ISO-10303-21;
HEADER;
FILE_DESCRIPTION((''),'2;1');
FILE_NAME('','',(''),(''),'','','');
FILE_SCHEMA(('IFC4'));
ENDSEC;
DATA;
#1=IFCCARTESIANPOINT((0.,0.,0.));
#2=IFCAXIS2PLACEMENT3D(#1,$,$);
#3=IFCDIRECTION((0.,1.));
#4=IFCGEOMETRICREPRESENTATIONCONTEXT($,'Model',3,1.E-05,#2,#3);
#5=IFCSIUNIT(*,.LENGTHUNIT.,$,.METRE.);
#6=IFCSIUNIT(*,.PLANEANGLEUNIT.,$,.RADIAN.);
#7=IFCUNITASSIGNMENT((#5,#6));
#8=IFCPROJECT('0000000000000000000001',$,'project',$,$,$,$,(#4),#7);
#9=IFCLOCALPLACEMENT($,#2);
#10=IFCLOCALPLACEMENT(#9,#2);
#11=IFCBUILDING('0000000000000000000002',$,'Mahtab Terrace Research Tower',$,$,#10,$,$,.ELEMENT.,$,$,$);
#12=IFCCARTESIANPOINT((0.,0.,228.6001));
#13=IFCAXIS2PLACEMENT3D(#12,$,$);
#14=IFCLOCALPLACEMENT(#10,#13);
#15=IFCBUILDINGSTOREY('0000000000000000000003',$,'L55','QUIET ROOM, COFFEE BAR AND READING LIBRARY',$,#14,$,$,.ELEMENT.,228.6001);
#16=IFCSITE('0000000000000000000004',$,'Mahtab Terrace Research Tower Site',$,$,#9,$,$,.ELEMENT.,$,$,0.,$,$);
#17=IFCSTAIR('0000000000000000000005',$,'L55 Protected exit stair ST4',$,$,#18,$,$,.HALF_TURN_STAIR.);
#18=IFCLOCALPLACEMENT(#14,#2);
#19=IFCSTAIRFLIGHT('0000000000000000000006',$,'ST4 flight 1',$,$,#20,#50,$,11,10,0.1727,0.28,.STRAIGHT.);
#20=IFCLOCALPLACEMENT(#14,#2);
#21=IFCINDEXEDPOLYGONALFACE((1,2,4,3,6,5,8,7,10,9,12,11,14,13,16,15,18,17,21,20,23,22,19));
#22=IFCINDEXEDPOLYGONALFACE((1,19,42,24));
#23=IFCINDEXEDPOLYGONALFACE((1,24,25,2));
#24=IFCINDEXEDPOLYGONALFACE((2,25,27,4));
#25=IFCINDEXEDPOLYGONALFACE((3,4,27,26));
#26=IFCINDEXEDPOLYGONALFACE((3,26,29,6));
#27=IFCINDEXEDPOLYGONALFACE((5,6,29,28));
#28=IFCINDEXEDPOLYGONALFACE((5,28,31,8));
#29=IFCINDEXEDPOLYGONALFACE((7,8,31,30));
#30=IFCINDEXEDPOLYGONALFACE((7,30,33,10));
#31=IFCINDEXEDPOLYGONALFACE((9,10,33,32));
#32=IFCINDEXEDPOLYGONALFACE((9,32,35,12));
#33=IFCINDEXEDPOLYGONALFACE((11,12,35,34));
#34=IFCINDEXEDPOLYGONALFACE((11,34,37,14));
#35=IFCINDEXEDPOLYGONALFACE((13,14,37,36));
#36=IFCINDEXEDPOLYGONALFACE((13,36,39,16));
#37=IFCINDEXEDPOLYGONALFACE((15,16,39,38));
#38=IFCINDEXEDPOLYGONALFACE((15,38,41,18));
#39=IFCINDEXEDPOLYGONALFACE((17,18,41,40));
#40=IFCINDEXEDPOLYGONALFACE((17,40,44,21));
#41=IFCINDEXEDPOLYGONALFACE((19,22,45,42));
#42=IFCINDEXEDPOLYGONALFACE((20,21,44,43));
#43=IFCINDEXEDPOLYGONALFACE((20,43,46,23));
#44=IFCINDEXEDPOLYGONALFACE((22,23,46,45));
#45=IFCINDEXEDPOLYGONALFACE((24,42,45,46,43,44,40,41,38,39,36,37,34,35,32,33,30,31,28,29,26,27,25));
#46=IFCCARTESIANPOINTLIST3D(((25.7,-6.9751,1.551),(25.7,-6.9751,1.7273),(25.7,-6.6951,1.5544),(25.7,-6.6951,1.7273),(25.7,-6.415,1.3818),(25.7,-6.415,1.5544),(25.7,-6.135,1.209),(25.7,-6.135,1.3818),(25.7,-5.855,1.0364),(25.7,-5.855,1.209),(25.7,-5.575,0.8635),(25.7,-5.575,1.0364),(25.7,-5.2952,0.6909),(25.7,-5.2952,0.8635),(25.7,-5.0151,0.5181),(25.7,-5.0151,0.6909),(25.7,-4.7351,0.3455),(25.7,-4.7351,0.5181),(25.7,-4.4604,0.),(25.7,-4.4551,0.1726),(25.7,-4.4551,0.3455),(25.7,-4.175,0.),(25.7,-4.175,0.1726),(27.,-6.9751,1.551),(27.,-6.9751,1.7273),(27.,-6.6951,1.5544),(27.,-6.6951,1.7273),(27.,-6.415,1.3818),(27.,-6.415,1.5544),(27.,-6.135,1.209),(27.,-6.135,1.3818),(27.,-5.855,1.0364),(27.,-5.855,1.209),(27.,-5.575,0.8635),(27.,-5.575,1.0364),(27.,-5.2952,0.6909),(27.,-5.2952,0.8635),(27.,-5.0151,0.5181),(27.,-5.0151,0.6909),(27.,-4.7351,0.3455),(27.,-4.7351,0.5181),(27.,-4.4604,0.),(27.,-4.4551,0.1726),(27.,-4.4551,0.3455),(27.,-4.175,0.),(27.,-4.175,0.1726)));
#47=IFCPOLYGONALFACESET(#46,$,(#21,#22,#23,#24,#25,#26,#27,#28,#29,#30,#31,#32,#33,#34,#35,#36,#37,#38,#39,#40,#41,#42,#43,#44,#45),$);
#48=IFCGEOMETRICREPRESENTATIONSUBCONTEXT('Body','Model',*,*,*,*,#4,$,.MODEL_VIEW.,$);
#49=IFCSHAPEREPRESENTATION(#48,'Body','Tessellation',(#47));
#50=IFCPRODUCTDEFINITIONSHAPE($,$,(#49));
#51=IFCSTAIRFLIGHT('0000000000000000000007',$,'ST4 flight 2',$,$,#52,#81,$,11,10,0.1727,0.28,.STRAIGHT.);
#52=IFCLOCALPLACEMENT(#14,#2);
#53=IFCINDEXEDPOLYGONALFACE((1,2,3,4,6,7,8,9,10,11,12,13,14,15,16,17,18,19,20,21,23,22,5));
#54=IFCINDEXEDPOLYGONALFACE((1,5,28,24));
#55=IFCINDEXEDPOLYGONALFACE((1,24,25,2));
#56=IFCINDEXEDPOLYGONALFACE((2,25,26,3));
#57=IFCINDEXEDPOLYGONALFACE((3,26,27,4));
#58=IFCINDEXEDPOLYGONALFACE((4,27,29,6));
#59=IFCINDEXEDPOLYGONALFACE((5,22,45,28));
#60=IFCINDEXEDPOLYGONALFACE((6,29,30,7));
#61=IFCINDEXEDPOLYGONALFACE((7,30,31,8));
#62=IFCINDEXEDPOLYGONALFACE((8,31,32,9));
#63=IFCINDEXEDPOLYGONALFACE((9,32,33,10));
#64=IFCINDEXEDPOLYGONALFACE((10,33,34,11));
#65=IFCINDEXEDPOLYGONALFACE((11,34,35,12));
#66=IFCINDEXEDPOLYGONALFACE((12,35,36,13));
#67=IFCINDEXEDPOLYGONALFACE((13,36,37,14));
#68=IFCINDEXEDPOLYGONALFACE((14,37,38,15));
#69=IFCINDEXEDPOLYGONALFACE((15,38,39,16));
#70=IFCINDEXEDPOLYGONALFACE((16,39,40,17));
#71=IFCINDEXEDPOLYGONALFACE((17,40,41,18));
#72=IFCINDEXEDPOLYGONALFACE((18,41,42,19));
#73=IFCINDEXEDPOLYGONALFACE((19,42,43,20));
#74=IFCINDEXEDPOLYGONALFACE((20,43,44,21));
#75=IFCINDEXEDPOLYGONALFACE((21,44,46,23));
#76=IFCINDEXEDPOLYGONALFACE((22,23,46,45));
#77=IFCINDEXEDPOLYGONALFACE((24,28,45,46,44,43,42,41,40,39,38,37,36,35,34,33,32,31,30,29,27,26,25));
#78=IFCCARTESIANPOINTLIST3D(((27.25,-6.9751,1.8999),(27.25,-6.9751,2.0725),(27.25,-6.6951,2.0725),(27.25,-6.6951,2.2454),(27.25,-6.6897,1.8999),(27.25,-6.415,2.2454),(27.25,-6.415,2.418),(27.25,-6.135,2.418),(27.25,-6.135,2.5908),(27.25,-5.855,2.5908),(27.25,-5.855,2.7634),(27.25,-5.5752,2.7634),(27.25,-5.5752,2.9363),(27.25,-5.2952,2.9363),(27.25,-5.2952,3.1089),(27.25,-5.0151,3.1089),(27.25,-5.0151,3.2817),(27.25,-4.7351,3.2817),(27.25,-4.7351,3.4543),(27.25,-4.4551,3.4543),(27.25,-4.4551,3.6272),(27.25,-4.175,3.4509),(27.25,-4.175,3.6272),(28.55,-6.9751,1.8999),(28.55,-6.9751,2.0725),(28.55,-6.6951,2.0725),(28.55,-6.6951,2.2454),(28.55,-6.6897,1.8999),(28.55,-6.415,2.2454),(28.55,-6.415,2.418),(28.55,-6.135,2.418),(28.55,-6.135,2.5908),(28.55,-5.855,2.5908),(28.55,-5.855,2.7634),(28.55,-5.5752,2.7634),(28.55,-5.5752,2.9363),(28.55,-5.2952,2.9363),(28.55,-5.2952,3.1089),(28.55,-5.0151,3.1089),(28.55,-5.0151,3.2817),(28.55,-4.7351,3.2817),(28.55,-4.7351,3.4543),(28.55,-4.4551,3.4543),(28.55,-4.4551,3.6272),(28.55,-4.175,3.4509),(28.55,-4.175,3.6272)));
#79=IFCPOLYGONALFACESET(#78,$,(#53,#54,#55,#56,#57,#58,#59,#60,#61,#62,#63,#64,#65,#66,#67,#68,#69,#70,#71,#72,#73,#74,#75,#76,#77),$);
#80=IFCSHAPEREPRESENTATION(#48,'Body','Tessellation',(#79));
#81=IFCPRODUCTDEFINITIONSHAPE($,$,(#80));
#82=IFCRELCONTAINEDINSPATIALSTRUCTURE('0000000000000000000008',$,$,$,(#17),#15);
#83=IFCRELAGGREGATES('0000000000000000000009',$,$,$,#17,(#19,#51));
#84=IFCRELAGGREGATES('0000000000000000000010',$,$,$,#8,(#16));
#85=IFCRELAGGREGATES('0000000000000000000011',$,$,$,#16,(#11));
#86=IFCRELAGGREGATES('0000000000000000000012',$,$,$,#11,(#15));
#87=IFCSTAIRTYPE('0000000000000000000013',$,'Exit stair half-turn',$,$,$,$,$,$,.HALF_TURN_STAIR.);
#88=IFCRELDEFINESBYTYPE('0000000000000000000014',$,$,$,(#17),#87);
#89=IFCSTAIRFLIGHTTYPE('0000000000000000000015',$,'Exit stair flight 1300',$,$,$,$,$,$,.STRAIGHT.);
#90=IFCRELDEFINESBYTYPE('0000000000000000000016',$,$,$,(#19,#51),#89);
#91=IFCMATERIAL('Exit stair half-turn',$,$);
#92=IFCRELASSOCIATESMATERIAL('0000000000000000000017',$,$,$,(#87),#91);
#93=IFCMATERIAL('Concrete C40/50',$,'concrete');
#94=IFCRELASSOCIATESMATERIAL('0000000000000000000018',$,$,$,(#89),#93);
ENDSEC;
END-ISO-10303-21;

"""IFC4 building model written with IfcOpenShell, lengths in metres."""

from ifc_helpers import new_model, si_unit, direction, frame, origin, place, context, subcontext, project, spatial, polyline, outline, extrude, material, type_object, element, aggregate, save


model = new_model("IFC4")

# Units and contexts
model_context = context("Model", 3, precision=1e-05, world=origin(), true_north=direction((0.0, 1.0)))
body_context = subcontext(model_context, "Body", "Model", "MODEL_VIEW")
ifc_project = project(units=[si_unit("LENGTHUNIT", "METRE"), si_unit("PLANEANGLEUNIT", "RADIAN")], contexts=[model_context])

# Site, building, storey
site_placement = place(None, origin())
site = spatial("IfcSite", under=ifc_project, at=site_placement, Name="Mahtab Terrace Research Tower Site", CompositionType="ELEMENT", RefElevation=0.0)
building_placement = place(site_placement, origin())
building = spatial("IfcBuilding", under=site, at=building_placement, Name="Mahtab Terrace Research Tower", CompositionType="ELEMENT")
storey_placement = place(building_placement, frame((0.0, 0.0, 228.6001)))
storey = spatial("IfcBuildingStorey", under=building, at=storey_placement, Name="L55", Description="QUIET ROOM, COFFEE BAR AND READING LIBRARY", CompositionType="ELEMENT", Elevation=228.6001)

# Stair, stair flights
ifc_material_1 = material(Name="Exit stair half-turn")
stair_type = type_object("IfcStairType", Name="Exit stair half-turn", PredefinedType="HALF_TURN_STAIR", material=ifc_material_1)
stair_placement = place(storey_placement, origin())
stair = element("IfcStair", 1, at=stair_placement, inside=storey, type_object=stair_type, Name="L55 Protected exit stair ST4", PredefinedType="HALF_TURN_STAIR")
ifc_material_2 = material(Name="Concrete C40/50", Category="concrete")
stair_flight_type = type_object("IfcStairFlightType", Name="Exit stair flight 1300", PredefinedType="STRAIGHT", material=ifc_material_2)
stair_flight_1_placement = place(storey_placement, frame((26.3501, -4.175, 0.0), z_axis=(0.0, 0.0, 1.0), x_axis=(0.0, -1.0, 0.0)))
stair_flight_1 = element("IfcStairFlight", 2, at=stair_flight_1_placement, type_object=stair_flight_type, Name="ST4 flight 1", NumberOfRisers=11, NumberOfTreads=10, PredefinedType="STRAIGHT", RiserHeight=0.1727, TreadLength=0.28, context=body_context, shape_type="SweptSolid", body=[
    extrude(outline(polyline([(0.0, 0.0), (0.0, 0.1726), (0.28, 0.1726), (0.28, 0.3455), (0.5601, 0.3455), (0.5601, 0.5181), (0.8401, 0.5181), (0.8401, 0.6909), (1.1201, 0.6909), (1.1201, 0.8635), (1.3999, 0.8635), (1.3999, 1.0364), (1.6799, 1.0364), (1.6799, 1.209), (1.96, 1.209), (1.96, 1.3818), (2.24, 1.3818), (2.24, 1.5544), (2.52, 1.5544), (2.52, 1.7273), (2.8, 1.7273), (2.8, 1.8999), (2.8, 1.551), (0.2854, 0.0), (0.0, 0.0)])), frame((0.0, 0.6499, 0.0), z_axis=(0.0, -1.0, 0.0), x_axis=(1.0, 0.0, 0.0)), (0.0, 0.0, 1.0), 1.3),
])
stair_flight_2_placement = place(storey_placement, frame((27.8999, -6.9751, 1.8999), z_axis=(0.0, 0.0, 1.0), x_axis=(0.0, 1.0, 0.0)))
stair_flight_2 = element("IfcStairFlight", 3, at=stair_flight_2_placement, type_object=stair_flight_type, Name="ST4 flight 2", NumberOfRisers=11, NumberOfTreads=10, PredefinedType="STRAIGHT", RiserHeight=0.1727, TreadLength=0.28, context=body_context, shape_type="SweptSolid", body=[
    extrude(outline(polyline([(0.0, 0.0), (0.0, 0.1726), (0.28, 0.1726), (0.28, 0.3455), (0.5601, 0.3455), (0.5601, 0.5181), (0.8401, 0.5181), (0.8401, 0.6909), (1.1201, 0.6909), (1.1201, 0.8635), (1.3999, 0.8635), (1.3999, 1.0364), (1.6799, 1.0364), (1.6799, 1.209), (1.96, 1.209), (1.96, 1.3818), (2.24, 1.3818), (2.24, 1.5544), (2.52, 1.5544), (2.52, 1.7273), (2.8, 1.7273), (2.8, 1.8999), (2.8, 1.551), (0.2854, 0.0), (0.0, 0.0)])), frame((0.0, 0.6499, 0.0), z_axis=(0.0, -1.0, 0.0), x_axis=(1.0, 0.0, 0.0)), (0.0, 0.0, 1.0), 1.3),
])
aggregate(stair, [stair_flight_1, stair_flight_2])

save(model, "model.ifc")
